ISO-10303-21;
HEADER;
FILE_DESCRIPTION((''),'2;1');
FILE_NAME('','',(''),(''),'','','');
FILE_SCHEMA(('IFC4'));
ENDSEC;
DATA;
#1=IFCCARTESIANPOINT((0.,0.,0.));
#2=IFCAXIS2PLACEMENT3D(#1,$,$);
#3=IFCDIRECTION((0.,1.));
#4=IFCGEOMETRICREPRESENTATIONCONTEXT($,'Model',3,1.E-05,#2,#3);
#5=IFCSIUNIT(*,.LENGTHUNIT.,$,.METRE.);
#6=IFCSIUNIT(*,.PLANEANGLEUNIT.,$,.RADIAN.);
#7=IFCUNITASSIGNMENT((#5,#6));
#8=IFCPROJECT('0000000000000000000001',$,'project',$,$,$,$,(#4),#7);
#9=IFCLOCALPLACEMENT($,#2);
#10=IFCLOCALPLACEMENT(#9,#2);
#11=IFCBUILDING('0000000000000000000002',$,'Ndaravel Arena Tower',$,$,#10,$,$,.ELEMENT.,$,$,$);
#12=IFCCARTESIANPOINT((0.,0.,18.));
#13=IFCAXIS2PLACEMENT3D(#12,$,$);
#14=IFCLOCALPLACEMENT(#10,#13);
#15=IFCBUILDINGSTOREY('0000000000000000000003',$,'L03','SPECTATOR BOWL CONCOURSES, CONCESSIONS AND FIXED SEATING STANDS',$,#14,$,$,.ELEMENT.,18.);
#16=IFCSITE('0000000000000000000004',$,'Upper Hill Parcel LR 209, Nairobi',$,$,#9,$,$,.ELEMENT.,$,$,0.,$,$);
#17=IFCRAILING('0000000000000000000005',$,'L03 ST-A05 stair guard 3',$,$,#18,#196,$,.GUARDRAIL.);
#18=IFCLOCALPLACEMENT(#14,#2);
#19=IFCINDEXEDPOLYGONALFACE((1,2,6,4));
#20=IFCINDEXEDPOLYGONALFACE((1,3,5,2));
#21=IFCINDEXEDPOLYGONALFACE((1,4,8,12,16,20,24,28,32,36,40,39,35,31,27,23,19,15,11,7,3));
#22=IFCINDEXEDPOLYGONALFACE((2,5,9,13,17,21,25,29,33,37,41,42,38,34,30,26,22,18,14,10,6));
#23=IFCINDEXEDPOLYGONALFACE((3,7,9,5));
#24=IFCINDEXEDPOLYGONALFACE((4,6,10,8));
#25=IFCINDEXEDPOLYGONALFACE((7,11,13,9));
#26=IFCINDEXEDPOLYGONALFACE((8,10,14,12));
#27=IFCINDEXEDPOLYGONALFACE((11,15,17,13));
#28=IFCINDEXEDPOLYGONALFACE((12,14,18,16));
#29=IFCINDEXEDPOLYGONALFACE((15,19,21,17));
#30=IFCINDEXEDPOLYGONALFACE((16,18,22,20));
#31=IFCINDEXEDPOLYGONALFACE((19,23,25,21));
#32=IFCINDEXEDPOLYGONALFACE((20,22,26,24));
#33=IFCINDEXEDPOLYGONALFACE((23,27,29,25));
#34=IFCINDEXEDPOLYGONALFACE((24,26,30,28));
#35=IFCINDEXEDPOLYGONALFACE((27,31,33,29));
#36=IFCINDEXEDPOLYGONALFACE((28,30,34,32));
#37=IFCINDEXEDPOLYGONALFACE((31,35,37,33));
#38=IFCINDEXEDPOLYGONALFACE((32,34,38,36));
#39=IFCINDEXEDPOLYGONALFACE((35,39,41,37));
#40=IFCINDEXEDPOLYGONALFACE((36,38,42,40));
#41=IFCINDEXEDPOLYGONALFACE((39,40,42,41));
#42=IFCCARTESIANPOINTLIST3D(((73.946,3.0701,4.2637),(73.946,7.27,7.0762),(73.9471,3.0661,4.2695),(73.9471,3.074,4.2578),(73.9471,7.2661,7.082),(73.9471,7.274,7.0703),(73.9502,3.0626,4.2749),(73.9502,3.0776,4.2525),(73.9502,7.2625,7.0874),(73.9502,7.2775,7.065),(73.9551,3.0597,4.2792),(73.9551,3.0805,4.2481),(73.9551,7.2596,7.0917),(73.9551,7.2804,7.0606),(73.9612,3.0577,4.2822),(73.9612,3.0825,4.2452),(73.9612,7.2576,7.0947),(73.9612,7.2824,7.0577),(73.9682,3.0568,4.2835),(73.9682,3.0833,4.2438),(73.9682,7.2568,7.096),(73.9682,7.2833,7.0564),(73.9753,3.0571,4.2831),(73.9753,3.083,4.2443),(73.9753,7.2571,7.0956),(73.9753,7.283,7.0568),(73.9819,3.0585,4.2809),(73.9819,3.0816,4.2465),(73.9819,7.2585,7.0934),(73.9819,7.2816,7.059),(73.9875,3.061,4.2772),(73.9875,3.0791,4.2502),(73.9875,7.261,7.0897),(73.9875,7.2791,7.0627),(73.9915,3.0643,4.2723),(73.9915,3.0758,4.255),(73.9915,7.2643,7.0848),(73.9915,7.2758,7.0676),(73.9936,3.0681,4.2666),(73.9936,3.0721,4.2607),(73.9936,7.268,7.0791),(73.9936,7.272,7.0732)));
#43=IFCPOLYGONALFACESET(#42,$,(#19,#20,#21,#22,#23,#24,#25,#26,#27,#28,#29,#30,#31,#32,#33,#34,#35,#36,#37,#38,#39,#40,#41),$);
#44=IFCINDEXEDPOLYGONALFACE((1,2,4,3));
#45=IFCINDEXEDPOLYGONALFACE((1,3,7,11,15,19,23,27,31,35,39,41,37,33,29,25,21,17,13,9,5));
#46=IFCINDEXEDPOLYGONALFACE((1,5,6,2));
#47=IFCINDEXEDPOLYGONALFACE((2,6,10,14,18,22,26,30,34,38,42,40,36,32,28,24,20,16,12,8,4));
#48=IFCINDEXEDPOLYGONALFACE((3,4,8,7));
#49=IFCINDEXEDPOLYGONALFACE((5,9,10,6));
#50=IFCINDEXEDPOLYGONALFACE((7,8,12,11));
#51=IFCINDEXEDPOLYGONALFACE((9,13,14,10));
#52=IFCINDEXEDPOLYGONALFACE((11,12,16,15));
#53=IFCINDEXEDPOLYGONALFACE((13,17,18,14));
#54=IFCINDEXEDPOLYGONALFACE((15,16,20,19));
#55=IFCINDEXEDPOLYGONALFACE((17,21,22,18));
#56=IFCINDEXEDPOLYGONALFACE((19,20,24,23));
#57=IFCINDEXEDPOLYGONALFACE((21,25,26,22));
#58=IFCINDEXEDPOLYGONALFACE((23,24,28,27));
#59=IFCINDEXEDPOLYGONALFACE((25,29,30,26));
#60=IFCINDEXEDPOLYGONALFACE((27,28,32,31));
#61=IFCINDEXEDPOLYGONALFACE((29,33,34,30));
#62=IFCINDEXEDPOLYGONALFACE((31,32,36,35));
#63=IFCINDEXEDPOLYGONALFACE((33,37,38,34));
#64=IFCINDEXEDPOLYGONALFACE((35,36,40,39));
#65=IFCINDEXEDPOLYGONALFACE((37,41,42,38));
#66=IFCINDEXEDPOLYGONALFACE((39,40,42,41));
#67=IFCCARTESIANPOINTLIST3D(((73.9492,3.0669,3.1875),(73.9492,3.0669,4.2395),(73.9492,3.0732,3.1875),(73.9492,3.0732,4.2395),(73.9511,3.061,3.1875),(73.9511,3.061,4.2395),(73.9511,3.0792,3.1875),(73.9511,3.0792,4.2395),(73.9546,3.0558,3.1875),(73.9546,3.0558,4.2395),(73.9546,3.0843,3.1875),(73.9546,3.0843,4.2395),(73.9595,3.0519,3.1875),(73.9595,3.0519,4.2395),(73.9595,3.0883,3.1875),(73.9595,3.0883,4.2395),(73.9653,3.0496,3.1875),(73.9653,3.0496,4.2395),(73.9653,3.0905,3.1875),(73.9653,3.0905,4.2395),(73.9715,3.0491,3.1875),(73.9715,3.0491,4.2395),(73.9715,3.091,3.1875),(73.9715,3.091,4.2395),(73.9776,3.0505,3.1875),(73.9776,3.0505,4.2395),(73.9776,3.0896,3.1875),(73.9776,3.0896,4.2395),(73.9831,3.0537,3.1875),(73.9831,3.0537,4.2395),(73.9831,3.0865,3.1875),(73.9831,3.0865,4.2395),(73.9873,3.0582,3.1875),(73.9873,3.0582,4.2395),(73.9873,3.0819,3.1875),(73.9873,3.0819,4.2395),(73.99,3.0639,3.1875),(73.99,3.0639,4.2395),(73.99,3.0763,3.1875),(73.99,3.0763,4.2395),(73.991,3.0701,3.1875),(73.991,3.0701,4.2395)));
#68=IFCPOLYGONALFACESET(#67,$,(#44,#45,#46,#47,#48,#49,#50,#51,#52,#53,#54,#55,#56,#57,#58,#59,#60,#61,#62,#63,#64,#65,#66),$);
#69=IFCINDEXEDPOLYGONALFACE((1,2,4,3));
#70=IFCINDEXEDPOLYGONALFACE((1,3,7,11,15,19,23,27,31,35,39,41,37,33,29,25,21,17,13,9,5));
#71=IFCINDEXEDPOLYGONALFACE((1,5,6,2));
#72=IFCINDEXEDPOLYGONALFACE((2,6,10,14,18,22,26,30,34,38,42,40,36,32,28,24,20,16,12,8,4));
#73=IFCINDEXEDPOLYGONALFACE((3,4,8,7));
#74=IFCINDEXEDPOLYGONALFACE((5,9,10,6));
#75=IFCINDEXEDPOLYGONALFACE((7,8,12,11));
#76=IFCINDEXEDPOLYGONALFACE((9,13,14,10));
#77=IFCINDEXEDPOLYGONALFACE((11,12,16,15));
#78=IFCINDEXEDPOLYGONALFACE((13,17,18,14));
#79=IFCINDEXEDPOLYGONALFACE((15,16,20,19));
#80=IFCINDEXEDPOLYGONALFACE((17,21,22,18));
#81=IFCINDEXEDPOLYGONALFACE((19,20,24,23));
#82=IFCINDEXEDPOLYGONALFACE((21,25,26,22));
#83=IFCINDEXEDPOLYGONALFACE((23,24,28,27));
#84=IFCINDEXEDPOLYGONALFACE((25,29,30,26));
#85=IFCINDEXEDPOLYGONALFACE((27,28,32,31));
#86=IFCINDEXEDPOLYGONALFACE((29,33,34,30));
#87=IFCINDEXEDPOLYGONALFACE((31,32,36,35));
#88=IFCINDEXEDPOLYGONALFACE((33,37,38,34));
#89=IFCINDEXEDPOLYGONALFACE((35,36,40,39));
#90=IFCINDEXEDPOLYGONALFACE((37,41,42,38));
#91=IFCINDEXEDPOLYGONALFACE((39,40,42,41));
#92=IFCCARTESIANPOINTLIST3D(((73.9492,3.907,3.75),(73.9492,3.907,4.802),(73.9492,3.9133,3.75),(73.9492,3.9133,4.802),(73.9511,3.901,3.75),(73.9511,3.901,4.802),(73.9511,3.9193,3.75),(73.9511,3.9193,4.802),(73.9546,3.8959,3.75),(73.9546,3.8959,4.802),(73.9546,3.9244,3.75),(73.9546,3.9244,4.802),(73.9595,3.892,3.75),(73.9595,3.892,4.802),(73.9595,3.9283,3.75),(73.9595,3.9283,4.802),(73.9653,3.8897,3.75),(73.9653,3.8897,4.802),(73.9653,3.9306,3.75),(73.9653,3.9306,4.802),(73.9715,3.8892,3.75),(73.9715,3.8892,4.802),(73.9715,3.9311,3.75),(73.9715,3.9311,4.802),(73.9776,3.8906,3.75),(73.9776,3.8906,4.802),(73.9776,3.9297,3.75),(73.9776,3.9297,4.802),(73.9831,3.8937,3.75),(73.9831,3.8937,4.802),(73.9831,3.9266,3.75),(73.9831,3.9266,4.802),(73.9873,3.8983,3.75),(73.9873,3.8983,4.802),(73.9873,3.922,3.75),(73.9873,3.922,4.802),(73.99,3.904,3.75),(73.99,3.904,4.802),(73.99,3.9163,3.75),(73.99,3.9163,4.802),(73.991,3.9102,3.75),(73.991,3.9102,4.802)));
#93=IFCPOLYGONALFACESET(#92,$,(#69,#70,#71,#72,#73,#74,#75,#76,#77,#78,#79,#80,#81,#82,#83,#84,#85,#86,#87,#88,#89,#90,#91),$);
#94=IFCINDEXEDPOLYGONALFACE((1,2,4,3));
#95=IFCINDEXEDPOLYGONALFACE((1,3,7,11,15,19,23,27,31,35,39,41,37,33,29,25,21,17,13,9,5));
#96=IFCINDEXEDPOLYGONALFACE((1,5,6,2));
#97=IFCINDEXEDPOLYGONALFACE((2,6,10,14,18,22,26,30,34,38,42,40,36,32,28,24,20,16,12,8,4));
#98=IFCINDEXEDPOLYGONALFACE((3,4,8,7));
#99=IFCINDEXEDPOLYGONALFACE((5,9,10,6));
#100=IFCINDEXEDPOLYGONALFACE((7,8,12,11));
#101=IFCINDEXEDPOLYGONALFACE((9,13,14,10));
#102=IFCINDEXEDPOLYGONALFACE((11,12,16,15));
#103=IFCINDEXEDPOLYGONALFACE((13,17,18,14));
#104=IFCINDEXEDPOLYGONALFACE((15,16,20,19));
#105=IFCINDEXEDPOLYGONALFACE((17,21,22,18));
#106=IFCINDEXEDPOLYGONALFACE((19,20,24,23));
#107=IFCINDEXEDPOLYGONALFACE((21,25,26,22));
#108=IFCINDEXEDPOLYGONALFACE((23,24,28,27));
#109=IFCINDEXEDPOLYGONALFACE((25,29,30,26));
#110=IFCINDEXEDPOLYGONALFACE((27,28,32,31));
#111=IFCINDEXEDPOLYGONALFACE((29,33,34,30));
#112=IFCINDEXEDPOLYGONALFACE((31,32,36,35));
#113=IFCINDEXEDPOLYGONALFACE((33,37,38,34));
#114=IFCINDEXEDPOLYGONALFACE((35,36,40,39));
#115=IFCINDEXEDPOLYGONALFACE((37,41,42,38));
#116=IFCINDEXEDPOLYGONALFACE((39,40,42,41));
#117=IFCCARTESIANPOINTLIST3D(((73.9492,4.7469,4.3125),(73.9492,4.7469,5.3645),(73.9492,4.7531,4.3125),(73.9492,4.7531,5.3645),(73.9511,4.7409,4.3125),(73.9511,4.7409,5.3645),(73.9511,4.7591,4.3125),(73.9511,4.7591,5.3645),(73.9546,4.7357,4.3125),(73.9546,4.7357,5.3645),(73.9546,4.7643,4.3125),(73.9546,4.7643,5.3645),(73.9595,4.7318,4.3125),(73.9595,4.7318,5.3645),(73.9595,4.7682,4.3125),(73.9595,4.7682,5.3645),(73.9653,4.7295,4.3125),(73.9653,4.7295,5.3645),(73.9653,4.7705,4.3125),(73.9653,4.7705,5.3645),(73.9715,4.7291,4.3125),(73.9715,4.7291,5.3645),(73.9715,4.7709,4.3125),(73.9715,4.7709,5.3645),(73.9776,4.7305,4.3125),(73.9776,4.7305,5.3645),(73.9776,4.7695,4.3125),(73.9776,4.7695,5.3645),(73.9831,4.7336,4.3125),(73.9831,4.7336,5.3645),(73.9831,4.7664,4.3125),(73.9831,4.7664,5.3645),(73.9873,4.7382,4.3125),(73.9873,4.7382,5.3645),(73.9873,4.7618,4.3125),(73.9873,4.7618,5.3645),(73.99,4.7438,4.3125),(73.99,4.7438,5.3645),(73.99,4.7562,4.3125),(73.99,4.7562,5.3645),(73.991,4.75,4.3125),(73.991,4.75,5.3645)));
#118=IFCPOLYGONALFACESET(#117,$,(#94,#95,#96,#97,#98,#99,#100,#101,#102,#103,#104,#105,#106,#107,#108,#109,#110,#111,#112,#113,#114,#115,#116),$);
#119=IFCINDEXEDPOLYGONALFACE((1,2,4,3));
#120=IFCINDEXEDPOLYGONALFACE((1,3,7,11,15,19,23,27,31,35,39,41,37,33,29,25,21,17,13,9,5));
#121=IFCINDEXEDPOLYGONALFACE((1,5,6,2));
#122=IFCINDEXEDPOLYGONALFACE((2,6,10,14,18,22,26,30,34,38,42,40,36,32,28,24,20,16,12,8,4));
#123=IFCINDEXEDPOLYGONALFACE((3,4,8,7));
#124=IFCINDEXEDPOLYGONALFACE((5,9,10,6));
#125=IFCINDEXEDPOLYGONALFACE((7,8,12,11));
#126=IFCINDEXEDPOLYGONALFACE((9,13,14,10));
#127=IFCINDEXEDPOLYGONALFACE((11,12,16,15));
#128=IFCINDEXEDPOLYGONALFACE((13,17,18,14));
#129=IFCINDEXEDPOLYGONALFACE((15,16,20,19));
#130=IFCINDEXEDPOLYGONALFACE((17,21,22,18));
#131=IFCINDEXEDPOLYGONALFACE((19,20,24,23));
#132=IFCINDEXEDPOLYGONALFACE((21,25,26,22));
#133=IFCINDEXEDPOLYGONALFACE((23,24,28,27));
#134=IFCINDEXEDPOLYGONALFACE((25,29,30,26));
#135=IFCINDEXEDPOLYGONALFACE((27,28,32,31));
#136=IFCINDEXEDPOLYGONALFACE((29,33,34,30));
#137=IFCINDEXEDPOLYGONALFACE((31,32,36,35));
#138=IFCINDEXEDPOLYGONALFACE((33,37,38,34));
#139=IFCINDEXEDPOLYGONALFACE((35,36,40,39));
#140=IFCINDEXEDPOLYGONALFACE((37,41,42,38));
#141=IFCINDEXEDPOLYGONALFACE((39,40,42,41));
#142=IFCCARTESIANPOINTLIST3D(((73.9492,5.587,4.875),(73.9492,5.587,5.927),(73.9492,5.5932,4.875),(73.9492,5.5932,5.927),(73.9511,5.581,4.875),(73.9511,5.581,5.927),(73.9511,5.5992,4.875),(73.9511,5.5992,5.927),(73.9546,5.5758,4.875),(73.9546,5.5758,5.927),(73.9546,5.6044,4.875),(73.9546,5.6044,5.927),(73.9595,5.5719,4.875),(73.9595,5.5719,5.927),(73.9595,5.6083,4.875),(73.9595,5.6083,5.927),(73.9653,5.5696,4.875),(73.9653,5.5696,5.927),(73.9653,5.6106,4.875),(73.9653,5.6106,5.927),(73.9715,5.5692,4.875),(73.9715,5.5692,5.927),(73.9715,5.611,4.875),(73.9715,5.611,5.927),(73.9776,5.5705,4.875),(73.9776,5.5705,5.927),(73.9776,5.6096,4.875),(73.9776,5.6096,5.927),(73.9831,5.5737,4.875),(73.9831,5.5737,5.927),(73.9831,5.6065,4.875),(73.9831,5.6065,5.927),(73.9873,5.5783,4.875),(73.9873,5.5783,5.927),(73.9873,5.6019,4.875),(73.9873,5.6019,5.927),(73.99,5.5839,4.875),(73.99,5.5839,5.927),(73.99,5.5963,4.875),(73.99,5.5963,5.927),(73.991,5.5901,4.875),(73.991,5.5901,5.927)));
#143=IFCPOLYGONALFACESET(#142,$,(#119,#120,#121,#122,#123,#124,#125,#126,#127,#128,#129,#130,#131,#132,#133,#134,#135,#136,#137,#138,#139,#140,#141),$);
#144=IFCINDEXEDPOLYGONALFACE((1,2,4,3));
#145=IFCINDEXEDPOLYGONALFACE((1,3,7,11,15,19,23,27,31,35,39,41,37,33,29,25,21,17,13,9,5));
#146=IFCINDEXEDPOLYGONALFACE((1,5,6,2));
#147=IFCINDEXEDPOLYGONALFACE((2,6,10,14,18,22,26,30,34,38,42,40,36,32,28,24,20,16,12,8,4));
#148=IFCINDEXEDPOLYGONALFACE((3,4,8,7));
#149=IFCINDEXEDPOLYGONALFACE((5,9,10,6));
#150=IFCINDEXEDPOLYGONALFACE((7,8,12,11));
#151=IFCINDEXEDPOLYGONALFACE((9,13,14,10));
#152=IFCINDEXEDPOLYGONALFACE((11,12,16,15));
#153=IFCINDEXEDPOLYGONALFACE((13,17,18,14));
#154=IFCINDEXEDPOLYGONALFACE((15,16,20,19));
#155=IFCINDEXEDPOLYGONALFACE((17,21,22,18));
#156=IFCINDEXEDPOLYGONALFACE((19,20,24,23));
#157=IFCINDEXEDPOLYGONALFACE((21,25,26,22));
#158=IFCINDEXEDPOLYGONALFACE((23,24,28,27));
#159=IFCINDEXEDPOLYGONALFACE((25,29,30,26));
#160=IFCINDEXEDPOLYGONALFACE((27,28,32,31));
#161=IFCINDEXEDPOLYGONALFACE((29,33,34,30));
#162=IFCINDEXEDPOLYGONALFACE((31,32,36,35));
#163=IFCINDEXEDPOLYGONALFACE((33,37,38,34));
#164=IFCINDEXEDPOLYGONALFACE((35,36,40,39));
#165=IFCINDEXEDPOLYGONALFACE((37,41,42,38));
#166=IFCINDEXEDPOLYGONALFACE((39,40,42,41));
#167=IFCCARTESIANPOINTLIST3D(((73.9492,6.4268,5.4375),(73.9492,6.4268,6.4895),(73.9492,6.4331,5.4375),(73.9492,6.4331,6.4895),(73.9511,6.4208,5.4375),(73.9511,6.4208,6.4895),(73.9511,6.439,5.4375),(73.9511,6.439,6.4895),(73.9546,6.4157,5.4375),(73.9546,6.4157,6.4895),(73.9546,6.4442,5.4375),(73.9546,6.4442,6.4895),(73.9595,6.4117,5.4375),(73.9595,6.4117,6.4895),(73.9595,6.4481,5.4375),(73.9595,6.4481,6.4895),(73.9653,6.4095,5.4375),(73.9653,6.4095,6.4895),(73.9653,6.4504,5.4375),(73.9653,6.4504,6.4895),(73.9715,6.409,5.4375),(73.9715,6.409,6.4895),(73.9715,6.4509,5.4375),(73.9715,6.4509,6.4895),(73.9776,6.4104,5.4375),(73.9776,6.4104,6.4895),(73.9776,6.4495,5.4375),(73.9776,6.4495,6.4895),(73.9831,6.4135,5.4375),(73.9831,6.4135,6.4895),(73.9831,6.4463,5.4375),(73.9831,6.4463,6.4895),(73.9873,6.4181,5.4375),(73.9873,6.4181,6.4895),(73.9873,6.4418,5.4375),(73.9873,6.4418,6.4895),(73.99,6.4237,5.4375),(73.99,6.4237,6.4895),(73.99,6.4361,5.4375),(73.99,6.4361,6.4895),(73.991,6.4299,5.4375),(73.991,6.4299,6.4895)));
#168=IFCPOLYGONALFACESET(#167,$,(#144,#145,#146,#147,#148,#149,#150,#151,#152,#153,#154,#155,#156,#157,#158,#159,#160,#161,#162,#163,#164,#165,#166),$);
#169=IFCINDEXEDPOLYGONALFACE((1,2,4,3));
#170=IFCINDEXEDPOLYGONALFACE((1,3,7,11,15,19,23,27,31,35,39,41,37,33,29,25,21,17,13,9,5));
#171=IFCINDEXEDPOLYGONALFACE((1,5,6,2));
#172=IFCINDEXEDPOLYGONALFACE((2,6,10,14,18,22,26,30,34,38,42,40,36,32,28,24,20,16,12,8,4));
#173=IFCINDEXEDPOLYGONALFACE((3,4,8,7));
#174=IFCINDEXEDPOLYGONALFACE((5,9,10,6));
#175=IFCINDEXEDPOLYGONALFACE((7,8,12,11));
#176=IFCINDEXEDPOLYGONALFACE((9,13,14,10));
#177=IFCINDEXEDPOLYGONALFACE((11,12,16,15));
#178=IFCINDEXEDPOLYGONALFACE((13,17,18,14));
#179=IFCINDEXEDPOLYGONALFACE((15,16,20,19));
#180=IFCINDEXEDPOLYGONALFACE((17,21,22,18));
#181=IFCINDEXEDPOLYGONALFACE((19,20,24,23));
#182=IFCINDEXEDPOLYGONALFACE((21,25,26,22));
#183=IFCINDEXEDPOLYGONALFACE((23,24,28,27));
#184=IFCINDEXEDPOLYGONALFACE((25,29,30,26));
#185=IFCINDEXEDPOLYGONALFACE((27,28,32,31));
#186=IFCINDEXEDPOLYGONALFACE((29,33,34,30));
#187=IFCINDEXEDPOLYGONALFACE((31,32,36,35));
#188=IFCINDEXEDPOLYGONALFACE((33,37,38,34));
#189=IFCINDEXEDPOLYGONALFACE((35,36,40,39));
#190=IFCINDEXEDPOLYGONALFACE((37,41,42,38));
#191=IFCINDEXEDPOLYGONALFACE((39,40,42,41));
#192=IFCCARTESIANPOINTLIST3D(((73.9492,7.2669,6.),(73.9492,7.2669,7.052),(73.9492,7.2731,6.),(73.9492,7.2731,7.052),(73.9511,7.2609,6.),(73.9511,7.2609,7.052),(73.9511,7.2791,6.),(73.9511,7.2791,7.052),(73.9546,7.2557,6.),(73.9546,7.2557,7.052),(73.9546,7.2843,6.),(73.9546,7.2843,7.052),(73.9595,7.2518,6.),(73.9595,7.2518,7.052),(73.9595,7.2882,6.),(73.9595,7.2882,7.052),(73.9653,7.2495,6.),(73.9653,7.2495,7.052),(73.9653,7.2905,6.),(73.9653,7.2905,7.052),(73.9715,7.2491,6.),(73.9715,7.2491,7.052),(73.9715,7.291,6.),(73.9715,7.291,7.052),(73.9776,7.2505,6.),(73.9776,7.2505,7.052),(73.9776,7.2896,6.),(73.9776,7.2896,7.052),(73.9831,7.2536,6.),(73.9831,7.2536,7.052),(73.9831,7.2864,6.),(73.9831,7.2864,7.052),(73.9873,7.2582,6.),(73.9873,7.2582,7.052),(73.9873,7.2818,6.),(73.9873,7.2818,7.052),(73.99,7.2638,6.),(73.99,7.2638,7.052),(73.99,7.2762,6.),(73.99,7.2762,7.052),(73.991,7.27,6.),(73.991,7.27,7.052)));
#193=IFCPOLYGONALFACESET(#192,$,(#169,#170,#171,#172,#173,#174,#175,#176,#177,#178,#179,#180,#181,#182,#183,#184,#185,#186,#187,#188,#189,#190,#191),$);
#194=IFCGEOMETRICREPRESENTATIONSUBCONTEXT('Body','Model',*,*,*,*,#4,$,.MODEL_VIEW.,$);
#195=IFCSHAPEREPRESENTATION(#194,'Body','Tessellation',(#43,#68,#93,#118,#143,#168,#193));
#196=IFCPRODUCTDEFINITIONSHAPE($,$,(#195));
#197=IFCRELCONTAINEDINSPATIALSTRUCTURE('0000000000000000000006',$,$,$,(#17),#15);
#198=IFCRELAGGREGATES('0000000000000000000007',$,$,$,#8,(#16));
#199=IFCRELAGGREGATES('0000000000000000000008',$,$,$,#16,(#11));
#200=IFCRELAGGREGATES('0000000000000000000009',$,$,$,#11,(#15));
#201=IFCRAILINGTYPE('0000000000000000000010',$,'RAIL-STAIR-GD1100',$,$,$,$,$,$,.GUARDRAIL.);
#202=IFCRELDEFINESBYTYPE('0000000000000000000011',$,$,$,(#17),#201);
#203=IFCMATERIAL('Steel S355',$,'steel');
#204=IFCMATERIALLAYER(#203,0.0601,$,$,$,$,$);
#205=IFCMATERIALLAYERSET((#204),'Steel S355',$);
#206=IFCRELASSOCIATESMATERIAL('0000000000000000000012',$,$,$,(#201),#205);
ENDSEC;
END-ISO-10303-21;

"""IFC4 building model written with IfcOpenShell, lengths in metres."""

from ifc_helpers import new_model, si_unit, direction, frame, origin, origin_2d, place, context, subcontext, project, spatial, circle, extrude, material, layer, layer_set, type_object, element, save


model = new_model("IFC4")

# Units and contexts
model_context = context("Model", 3, precision=1e-05, world=origin(), true_north=direction((0.0, 1.0)))
body_context = subcontext(model_context, "Body", "Model", "MODEL_VIEW")
ifc_project = project(units=[si_unit("LENGTHUNIT", "METRE"), si_unit("PLANEANGLEUNIT", "RADIAN")], contexts=[model_context])

# Site, building, storey
site_placement = place(None, origin())
site = spatial("IfcSite", under=ifc_project, at=site_placement, Name="Upper Hill Parcel LR 209, Nairobi", CompositionType="ELEMENT", RefElevation=0.0)
building_placement = place(site_placement, origin())
building = spatial("IfcBuilding", under=site, at=building_placement, Name="Ndaravel Arena Tower", CompositionType="ELEMENT")
storey_placement = place(building_placement, frame((0.0, 0.0, 18.0)))
storey = spatial("IfcBuildingStorey", under=building, at=storey_placement, Name="L03", Description="SPECTATOR BOWL CONCOURSES, CONCESSIONS AND FIXED SEATING STANDS", CompositionType="ELEMENT", Elevation=18.0)

# Railing
ifc_material_1 = material(Name="Steel S355", Category="steel")
ifc_layer_1 = layer(ifc_material_1, 0.0601)
ifc_layer_set_1 = layer_set([ifc_layer_1], Name="Steel S355")
railing_type_1 = type_object("IfcRailingType", Name="RAIL-STAIR-GD1100", PredefinedType="GUARDRAIL", material=ifc_layer_set_1)
railing_1_placement = place(storey_placement, frame((73.97, 3.0701, 3.1875)))
element("IfcRailing", 1, at=railing_1_placement, inside=storey, type_object=railing_type_1, Name="L03 ST-A05 stair guard 3", PredefinedType="GUARDRAIL", context=body_context, shape_type="SweptSolid", body=[
    extrude(circle(Radius=0.0239, at=origin_2d()), frame((0.0, 0.0, 1.0762), z_axis=(0.0, 0.830904, 0.556416), x_axis=(-1.0, 0.0, 0.0)), (0.0, 0.0, 1.0), 5.0547),
    extrude(circle(Radius=0.021, at=origin_2d()), origin(), (0.0, 0.0, 1.0), 1.052),
    extrude(circle(Radius=0.021, at=origin_2d()), frame((0.0, 0.8401, 0.5625)), (0.0, 0.0, 1.0), 1.052),
    extrude(circle(Radius=0.021, at=origin_2d()), frame((0.0, 1.6799, 1.125)), (0.0, 0.0, 1.0), 1.052),
    extrude(circle(Radius=0.021, at=origin_2d()), frame((0.0, 2.52, 1.6875)), (0.0, 0.0, 1.0), 1.052),
    extrude(circle(Radius=0.021, at=origin_2d()), frame((0.0, 3.3599, 2.25)), (0.0, 0.0, 1.0), 1.052),
    extrude(circle(Radius=0.021, at=origin_2d()), frame((0.0, 4.2, 2.8125)), (0.0, 0.0, 1.0), 1.052),
])

save(model, "model.ifc")
